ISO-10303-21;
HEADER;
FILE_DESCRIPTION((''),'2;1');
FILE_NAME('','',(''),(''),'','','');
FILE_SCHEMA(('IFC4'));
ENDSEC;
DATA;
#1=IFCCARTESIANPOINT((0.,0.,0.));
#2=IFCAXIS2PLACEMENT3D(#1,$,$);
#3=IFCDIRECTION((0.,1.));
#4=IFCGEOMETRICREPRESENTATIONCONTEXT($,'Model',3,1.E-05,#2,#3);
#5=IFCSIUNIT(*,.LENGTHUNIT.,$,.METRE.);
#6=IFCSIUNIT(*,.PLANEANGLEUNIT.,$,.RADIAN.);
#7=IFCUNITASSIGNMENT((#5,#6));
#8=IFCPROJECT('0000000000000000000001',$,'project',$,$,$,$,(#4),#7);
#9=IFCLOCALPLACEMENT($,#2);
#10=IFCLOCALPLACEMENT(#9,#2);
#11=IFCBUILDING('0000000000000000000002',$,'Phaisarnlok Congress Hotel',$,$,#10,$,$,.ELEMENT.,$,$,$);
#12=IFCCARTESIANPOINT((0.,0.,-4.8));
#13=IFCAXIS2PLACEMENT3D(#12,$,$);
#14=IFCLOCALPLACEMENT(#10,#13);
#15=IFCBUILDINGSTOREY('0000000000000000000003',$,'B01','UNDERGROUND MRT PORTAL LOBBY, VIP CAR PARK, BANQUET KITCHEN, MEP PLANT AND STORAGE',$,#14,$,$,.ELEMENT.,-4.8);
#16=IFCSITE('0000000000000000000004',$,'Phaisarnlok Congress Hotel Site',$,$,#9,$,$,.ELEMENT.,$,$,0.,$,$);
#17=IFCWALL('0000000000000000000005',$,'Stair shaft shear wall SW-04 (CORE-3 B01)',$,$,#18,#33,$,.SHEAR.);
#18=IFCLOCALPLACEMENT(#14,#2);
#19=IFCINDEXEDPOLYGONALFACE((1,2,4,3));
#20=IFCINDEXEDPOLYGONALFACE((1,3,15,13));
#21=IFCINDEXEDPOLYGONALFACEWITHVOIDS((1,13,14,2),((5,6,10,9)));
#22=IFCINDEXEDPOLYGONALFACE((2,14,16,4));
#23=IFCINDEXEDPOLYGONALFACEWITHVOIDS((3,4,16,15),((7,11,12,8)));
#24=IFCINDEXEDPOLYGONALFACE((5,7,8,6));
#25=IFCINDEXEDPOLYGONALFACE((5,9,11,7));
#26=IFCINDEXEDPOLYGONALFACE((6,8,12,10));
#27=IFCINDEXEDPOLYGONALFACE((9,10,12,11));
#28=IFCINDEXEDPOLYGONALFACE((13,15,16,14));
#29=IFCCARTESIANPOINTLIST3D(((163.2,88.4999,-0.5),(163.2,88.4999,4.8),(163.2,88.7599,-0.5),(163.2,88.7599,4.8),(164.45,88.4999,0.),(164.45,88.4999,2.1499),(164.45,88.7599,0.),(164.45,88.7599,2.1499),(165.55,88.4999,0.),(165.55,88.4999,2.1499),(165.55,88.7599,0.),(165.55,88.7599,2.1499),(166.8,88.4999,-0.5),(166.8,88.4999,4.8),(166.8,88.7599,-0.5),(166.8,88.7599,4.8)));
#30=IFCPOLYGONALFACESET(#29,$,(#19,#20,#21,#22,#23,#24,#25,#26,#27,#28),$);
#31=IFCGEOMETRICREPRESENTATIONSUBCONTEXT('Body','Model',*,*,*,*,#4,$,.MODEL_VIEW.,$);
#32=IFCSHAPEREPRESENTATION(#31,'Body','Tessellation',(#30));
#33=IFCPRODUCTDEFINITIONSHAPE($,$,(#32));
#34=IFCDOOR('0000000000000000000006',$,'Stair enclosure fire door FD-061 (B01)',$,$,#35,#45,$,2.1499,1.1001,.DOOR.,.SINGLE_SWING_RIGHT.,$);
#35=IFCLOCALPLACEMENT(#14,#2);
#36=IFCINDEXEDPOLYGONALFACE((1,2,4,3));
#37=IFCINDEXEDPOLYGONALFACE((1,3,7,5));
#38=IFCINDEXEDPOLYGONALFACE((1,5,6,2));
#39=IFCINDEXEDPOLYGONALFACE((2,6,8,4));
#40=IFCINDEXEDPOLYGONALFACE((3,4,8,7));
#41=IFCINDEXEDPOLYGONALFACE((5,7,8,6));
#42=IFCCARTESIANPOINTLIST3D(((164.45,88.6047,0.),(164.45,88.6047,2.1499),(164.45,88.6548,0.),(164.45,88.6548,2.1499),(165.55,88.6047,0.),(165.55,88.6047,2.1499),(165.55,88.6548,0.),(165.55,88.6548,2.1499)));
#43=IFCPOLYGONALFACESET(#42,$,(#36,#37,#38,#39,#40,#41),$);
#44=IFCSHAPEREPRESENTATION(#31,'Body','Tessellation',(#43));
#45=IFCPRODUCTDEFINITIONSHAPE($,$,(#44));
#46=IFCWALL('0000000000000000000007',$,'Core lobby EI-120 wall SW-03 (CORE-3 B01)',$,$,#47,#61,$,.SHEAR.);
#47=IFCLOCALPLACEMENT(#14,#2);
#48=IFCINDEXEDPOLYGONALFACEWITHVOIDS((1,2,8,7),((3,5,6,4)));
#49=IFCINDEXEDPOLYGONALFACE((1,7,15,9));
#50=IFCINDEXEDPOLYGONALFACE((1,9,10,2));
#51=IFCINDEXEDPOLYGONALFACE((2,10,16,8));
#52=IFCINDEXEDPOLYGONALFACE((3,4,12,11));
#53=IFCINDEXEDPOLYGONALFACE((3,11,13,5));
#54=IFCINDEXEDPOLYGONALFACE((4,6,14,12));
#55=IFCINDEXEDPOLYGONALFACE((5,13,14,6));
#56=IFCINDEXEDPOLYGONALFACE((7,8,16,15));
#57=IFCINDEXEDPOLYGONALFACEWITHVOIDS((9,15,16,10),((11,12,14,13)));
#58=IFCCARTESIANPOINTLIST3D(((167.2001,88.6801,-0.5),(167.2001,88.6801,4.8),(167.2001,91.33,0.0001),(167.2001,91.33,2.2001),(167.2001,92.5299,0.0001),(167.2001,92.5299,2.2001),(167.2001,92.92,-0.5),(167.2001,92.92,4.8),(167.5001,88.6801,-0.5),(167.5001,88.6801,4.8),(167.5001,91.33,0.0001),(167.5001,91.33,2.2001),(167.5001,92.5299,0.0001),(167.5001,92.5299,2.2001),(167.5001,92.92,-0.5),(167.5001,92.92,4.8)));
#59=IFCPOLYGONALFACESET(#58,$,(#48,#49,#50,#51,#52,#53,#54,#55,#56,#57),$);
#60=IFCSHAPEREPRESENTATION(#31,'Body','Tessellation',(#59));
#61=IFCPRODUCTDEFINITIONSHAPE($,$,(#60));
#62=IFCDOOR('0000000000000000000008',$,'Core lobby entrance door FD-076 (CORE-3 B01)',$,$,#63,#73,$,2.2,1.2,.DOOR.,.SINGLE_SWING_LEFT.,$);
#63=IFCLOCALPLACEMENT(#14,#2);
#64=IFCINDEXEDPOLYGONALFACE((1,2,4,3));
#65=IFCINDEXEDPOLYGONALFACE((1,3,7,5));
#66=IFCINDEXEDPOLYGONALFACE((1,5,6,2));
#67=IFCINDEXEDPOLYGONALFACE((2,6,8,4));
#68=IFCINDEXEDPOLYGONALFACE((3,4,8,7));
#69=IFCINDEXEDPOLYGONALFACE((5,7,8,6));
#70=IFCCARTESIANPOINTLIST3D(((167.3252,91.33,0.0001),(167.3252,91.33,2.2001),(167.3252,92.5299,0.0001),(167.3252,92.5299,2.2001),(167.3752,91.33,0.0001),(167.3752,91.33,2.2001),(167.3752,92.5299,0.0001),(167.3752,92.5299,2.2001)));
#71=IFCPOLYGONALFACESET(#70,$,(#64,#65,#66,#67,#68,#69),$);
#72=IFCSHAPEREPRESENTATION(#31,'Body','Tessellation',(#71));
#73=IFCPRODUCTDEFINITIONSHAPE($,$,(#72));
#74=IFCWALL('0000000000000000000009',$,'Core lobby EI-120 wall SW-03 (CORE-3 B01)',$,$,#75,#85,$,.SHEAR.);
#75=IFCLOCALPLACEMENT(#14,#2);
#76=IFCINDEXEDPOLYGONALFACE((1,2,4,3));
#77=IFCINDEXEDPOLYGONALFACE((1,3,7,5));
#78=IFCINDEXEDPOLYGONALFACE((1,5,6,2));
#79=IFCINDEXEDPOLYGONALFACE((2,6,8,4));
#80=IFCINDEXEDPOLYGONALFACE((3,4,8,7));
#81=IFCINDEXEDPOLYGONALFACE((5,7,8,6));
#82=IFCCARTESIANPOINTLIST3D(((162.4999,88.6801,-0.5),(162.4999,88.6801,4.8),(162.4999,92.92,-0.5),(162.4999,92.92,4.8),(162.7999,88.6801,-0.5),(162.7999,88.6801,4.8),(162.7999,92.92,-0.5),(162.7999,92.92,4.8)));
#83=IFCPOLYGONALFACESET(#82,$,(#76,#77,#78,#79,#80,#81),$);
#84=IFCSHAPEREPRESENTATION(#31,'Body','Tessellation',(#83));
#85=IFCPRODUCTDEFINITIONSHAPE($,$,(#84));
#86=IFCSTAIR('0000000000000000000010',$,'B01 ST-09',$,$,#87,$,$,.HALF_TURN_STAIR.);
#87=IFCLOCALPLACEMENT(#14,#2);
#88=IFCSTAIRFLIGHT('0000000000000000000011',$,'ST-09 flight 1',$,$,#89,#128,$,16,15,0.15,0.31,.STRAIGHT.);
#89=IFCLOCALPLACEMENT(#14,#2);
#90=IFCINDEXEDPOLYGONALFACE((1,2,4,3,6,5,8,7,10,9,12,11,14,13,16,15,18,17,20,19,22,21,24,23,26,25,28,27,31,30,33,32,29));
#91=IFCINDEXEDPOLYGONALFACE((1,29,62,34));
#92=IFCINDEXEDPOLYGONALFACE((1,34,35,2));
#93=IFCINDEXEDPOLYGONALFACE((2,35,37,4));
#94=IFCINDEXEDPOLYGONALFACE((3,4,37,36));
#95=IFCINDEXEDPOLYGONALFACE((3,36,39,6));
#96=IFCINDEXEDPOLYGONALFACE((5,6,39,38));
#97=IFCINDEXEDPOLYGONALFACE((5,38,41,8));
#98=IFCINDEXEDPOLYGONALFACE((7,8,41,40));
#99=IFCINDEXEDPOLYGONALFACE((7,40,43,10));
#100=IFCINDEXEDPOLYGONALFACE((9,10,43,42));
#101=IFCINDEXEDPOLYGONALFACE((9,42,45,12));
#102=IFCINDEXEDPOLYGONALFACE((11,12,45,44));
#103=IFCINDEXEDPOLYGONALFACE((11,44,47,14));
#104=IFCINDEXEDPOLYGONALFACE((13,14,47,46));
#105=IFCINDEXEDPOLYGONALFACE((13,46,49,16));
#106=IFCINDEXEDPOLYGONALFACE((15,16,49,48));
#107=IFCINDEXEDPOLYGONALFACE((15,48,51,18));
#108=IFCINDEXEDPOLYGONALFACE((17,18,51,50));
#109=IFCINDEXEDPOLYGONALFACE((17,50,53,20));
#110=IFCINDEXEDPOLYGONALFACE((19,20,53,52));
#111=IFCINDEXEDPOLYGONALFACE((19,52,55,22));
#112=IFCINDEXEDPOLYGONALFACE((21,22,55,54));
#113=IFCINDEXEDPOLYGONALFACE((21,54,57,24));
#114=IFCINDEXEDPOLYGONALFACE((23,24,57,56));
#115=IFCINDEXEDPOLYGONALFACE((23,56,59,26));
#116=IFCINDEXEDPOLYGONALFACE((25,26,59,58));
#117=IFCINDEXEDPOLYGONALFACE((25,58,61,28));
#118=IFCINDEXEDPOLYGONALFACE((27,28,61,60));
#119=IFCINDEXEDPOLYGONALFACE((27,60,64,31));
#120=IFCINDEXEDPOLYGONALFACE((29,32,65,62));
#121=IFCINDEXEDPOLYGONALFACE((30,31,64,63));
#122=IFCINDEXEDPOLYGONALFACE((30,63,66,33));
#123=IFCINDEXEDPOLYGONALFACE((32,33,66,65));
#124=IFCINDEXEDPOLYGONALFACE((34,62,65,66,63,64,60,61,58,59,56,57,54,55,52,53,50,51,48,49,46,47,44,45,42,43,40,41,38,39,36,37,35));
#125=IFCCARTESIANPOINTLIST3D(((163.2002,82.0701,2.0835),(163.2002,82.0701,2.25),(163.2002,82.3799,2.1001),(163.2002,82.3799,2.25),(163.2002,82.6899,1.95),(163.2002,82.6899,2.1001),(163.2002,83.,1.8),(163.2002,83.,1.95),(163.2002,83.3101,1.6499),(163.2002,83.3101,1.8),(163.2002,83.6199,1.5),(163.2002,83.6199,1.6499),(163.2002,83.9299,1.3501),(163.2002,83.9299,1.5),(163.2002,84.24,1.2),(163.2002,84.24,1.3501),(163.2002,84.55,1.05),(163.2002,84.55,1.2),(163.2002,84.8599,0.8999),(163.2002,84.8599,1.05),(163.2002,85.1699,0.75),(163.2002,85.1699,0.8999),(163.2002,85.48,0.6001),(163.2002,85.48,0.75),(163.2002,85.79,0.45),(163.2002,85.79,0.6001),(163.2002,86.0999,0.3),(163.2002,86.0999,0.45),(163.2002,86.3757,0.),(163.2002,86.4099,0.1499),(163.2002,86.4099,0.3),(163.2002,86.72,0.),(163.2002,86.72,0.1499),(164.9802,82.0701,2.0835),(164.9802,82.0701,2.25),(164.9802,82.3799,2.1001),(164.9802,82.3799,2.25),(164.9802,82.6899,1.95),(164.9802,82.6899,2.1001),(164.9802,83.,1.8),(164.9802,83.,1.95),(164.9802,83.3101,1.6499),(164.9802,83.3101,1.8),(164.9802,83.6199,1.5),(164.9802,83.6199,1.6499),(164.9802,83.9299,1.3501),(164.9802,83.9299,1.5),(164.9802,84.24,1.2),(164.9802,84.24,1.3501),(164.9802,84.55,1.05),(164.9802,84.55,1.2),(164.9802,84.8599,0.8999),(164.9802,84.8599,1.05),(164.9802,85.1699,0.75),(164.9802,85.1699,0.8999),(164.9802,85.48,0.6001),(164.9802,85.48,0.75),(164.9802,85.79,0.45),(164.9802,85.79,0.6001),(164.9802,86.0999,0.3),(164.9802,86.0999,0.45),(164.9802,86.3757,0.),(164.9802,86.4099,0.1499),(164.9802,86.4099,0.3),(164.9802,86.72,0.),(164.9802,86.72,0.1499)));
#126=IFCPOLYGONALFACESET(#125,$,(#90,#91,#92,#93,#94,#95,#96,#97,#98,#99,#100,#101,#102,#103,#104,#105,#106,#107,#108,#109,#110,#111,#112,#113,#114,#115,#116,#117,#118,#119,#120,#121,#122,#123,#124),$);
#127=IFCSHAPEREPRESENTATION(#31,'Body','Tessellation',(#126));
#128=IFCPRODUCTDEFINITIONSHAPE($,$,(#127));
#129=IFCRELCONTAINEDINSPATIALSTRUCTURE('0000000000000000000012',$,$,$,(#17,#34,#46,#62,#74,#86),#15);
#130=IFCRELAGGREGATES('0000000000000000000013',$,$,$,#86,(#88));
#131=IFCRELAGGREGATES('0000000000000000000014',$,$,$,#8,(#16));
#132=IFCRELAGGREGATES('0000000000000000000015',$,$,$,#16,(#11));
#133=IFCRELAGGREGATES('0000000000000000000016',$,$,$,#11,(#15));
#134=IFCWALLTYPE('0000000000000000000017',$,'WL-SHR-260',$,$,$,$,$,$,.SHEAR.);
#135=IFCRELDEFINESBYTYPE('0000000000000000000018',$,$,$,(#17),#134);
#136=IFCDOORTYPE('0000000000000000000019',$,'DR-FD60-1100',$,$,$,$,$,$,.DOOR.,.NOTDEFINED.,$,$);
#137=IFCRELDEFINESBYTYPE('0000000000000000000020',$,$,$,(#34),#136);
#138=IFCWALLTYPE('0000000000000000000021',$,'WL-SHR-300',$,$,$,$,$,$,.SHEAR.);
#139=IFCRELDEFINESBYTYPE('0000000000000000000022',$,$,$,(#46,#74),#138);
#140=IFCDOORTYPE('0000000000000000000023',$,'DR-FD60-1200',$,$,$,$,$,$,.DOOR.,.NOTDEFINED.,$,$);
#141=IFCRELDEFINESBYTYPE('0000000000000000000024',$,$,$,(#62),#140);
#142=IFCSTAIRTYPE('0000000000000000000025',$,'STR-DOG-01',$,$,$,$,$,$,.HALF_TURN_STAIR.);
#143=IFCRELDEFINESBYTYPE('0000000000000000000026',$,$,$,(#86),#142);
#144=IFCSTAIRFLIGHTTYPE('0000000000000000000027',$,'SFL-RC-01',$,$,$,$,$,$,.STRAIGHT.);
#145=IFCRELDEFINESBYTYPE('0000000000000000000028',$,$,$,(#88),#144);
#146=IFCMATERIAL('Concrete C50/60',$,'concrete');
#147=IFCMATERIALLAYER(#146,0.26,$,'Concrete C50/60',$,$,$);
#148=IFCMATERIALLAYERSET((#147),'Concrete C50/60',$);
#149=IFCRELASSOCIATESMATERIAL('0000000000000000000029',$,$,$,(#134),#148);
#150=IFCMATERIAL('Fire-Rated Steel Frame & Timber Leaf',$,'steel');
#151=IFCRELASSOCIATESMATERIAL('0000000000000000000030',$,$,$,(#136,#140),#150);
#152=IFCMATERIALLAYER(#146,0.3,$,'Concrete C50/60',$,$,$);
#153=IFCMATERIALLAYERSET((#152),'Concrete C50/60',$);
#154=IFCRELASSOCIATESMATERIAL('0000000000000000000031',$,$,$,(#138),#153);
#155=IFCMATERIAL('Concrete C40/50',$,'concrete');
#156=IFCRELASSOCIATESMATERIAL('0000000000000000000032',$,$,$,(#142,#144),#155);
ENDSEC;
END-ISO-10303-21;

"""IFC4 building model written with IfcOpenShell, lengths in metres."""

from ifc_helpers import new_model, si_unit, direction, frame, frame_2d, origin, place, context, subcontext, project, spatial, polyline, rectangle, outline, extrude, material, layer, layer_set, type_object, element, fill, aggregate, save


model = new_model("IFC4")

# Units and contexts
model_context = context("Model", 3, precision=1e-05, world=origin(), true_north=direction((0.0, 1.0)))
body_context = subcontext(model_context, "Body", "Model", "MODEL_VIEW")
ifc_project = project(units=[si_unit("LENGTHUNIT", "METRE"), si_unit("PLANEANGLEUNIT", "RADIAN")], contexts=[model_context])

# Site, building, storey
site_placement = place(None, origin())
site = spatial("IfcSite", under=ifc_project, at=site_placement, Name="Phaisarnlok Congress Hotel Site", CompositionType="ELEMENT", RefElevation=0.0)
building_placement = place(site_placement, origin())
building = spatial("IfcBuilding", under=site, at=building_placement, Name="Phaisarnlok Congress Hotel", CompositionType="ELEMENT")
storey_placement = place(building_placement, frame((0.0, 0.0, -4.8)))
storey = spatial("IfcBuildingStorey", under=building, at=storey_placement, Name="B01", Description="UNDERGROUND MRT PORTAL LOBBY, VIP CAR PARK, BANQUET KITCHEN, MEP PLANT AND STORAGE", CompositionType="ELEMENT", Elevation=-4.8)

# Shared definitions
ifc_material_1 = material(Name="Concrete C40/50", Category="concrete")

# Shared definitions
ifc_material_2 = material(Name="Concrete C50/60", Category="concrete")

# Walls, openings, doors
ifc_layer_1 = layer(ifc_material_2, 0.26, Name="Concrete C50/60")
ifc_layer_set_1 = layer_set([ifc_layer_1], Name="Concrete C50/60")
wall_type_1 = type_object("IfcWallType", Name="WL-SHR-260", PredefinedType="SHEAR", material=ifc_layer_set_1)
wall_1_placement = place(storey_placement, frame((163.2, 88.6299, -0.5), z_axis=(0.0, 0.0, 1.0), x_axis=(1.0, 0.0, 0.0)))
wall_1 = element("IfcWall", 1, at=wall_1_placement, inside=storey, type_object=wall_type_1, Name="Stair shaft shear wall SW-04 (CORE-3 B01)", PredefinedType="SHEAR", context=body_context, shape_type="SweptSolid", body=[
    extrude(rectangle(XDim=3.6001, YDim=0.26, at=frame_2d((1.8, 0.0))), origin(), (0.0, 0.0, 1.0), 5.3),
])
opening_1_placement = place(wall_1_placement, frame((1.25, 0.0, 0.5)))
opening_1 = element("IfcOpeningElement", 2, at=opening_1_placement, cuts=wall_1, PredefinedType="OPENING", context=body_context, shape_type="SweptSolid", body=[
    extrude(rectangle(XDim=1.1001, YDim=2.1499, at=frame_2d((0.55, 1.075))), frame((0.0, 0.1401, 0.0), z_axis=(0.0, -1.0, 0.0), x_axis=(1.0, 0.0, 0.0)), (0.0, 0.0, 1.0), 0.28),
])
ifc_material_3 = material(Name="Fire-Rated Steel Frame & Timber Leaf", Category="steel")
door_type_1 = type_object("IfcDoorType", Name="DR-FD60-1100", OperationType="NOTDEFINED", PredefinedType="DOOR", material=ifc_material_3)
door_1_placement = place(opening_1_placement, origin())
door_1 = element("IfcDoor", 3, at=door_1_placement, inside=storey, type_object=door_type_1, Name="Stair enclosure fire door FD-061 (B01)", OperationType="SINGLE_SWING_RIGHT", OverallHeight=2.1499, OverallWidth=1.1001, PredefinedType="DOOR", context=body_context, shape_type="SweptSolid", body=[
    extrude(rectangle(XDim=1.1001, YDim=2.1499, at=frame_2d((0.55, 1.075))), frame((0.0, 0.0249, 0.0), z_axis=(0.0, -1.0, 0.0), x_axis=(1.0, 0.0, 0.0)), (0.0, 0.0, 1.0), 0.05),
])
fill(opening_1, door_1)
ifc_layer_2 = layer(ifc_material_2, 0.3, Name="Concrete C50/60")
ifc_layer_set_2 = layer_set([ifc_layer_2], Name="Concrete C50/60")
wall_type_2 = type_object("IfcWallType", Name="WL-SHR-300", PredefinedType="SHEAR", material=ifc_layer_set_2)
wall_2_placement = place(storey_placement, frame((167.3501, 88.6799, -0.5), z_axis=(0.0, 0.0, 1.0), x_axis=(0.0, 1.0, 0.0)))
wall_2 = element("IfcWall", 4, at=wall_2_placement, inside=storey, type_object=wall_type_2, Name="Core lobby EI-120 wall SW-03 (CORE-3 B01)", PredefinedType="SHEAR", context=body_context, shape_type="SweptSolid", body=[
    extrude(rectangle(XDim=4.24, YDim=0.3, at=frame_2d((2.1201, 0.0))), origin(), (0.0, 0.0, 1.0), 5.3),
])
opening_2_placement = place(wall_2_placement, frame((2.6499, 0.0, 0.5)))
opening_2 = element("IfcOpeningElement", 5, at=opening_2_placement, cuts=wall_2, PredefinedType="OPENING", context=body_context, shape_type="SweptSolid", body=[
    extrude(rectangle(XDim=1.2, YDim=2.2, at=frame_2d((0.6001, 1.1001))), frame((0.0, 0.1602, 0.0), z_axis=(0.0, -1.0, 0.0), x_axis=(1.0, 0.0, 0.0)), (0.0, 0.0, 1.0), 0.3201),
])
door_type_2 = type_object("IfcDoorType", Name="DR-FD60-1200", OperationType="NOTDEFINED", PredefinedType="DOOR", material=ifc_material_3)
door_2_placement = place(opening_2_placement, origin())
door_2 = element("IfcDoor", 6, at=door_2_placement, inside=storey, type_object=door_type_2, Name="Core lobby entrance door FD-076 (CORE-3 B01)", OperationType="SINGLE_SWING_LEFT", OverallHeight=2.2, OverallWidth=1.2, PredefinedType="DOOR", context=body_context, shape_type="SweptSolid", body=[
    extrude(rectangle(XDim=1.2, YDim=2.2, at=frame_2d((0.6001, 1.1001))), frame((0.0, 0.0249, 0.0), z_axis=(0.0, -1.0, 0.0), x_axis=(1.0, 0.0, 0.0)), (0.0, 0.0, 1.0), 0.05),
])
fill(opening_2, door_2)

# Wall
wall_3_placement = place(storey_placement, frame((162.6499, 88.6799, -0.5), z_axis=(0.0, 0.0, 1.0), x_axis=(0.0, 1.0, 0.0)))
element("IfcWall", 7, at=wall_3_placement, inside=storey, type_object=wall_type_2, Name="Core lobby EI-120 wall SW-03 (CORE-3 B01)", PredefinedType="SHEAR", context=body_context, shape_type="SweptSolid", body=[
    extrude(rectangle(XDim=4.24, YDim=0.3, at=frame_2d((2.1201, 0.0))), origin(), (0.0, 0.0, 1.0), 5.3),
])

# Stair, stair flight
stair_type = type_object("IfcStairType", Name="STR-DOG-01", PredefinedType="HALF_TURN_STAIR", material=ifc_material_1)
stair_placement = place(storey_placement, origin())
stair = element("IfcStair", 8, at=stair_placement, inside=storey, type_object=stair_type, Name="B01 ST-09", PredefinedType="HALF_TURN_STAIR")
stair_flight_type = type_object("IfcStairFlightType", Name="SFL-RC-01", PredefinedType="STRAIGHT", material=ifc_material_1)
stair_flight_placement = place(storey_placement, frame((164.0901, 86.72, 0.0), z_axis=(0.0, 0.0, 1.0), x_axis=(0.0, -1.0, 0.0)))
stair_flight = element("IfcStairFlight", 9, at=stair_flight_placement, type_object=stair_flight_type, Name="ST-09 flight 1", NumberOfRisers=16, NumberOfTreads=15, PredefinedType="STRAIGHT", RiserHeight=0.15, TreadLength=0.31, context=body_context, shape_type="SweptSolid", body=[
    extrude(outline(polyline([(0.0, 0.0), (0.0, 0.1499), (0.3101, 0.1499), (0.3101, 0.3), (0.6201, 0.3), (0.6201, 0.45), (0.9299, 0.45), (0.9299, 0.6001), (1.24, 0.6001), (1.24, 0.75), (1.55, 0.75), (1.55, 0.8999), (1.8601, 0.8999), (1.8601, 1.05), (2.1699, 1.05), (2.1699, 1.2), (2.48, 1.2), (2.48, 1.3501), (2.79, 1.3501), (2.79, 1.5), (3.1001, 1.5), (3.1001, 1.6499), (3.4099, 1.6499), (3.4099, 1.8), (3.72, 1.8), (3.72, 1.95), (4.03, 1.95), (4.03, 2.1001), (4.3401, 2.1001), (4.3401, 2.25), (4.6499, 2.25), (4.6499, 2.3999), (4.6499, 2.0835), (0.3442, 0.0), (0.0, 0.0)])), frame((0.0, 0.8901, 0.0), z_axis=(0.0, -1.0, 0.0), x_axis=(1.0, 0.0, 0.0)), (0.0, 0.0, 1.0), 1.78),
])
aggregate(stair, [stair_flight])

save(model, "model.ifc")
